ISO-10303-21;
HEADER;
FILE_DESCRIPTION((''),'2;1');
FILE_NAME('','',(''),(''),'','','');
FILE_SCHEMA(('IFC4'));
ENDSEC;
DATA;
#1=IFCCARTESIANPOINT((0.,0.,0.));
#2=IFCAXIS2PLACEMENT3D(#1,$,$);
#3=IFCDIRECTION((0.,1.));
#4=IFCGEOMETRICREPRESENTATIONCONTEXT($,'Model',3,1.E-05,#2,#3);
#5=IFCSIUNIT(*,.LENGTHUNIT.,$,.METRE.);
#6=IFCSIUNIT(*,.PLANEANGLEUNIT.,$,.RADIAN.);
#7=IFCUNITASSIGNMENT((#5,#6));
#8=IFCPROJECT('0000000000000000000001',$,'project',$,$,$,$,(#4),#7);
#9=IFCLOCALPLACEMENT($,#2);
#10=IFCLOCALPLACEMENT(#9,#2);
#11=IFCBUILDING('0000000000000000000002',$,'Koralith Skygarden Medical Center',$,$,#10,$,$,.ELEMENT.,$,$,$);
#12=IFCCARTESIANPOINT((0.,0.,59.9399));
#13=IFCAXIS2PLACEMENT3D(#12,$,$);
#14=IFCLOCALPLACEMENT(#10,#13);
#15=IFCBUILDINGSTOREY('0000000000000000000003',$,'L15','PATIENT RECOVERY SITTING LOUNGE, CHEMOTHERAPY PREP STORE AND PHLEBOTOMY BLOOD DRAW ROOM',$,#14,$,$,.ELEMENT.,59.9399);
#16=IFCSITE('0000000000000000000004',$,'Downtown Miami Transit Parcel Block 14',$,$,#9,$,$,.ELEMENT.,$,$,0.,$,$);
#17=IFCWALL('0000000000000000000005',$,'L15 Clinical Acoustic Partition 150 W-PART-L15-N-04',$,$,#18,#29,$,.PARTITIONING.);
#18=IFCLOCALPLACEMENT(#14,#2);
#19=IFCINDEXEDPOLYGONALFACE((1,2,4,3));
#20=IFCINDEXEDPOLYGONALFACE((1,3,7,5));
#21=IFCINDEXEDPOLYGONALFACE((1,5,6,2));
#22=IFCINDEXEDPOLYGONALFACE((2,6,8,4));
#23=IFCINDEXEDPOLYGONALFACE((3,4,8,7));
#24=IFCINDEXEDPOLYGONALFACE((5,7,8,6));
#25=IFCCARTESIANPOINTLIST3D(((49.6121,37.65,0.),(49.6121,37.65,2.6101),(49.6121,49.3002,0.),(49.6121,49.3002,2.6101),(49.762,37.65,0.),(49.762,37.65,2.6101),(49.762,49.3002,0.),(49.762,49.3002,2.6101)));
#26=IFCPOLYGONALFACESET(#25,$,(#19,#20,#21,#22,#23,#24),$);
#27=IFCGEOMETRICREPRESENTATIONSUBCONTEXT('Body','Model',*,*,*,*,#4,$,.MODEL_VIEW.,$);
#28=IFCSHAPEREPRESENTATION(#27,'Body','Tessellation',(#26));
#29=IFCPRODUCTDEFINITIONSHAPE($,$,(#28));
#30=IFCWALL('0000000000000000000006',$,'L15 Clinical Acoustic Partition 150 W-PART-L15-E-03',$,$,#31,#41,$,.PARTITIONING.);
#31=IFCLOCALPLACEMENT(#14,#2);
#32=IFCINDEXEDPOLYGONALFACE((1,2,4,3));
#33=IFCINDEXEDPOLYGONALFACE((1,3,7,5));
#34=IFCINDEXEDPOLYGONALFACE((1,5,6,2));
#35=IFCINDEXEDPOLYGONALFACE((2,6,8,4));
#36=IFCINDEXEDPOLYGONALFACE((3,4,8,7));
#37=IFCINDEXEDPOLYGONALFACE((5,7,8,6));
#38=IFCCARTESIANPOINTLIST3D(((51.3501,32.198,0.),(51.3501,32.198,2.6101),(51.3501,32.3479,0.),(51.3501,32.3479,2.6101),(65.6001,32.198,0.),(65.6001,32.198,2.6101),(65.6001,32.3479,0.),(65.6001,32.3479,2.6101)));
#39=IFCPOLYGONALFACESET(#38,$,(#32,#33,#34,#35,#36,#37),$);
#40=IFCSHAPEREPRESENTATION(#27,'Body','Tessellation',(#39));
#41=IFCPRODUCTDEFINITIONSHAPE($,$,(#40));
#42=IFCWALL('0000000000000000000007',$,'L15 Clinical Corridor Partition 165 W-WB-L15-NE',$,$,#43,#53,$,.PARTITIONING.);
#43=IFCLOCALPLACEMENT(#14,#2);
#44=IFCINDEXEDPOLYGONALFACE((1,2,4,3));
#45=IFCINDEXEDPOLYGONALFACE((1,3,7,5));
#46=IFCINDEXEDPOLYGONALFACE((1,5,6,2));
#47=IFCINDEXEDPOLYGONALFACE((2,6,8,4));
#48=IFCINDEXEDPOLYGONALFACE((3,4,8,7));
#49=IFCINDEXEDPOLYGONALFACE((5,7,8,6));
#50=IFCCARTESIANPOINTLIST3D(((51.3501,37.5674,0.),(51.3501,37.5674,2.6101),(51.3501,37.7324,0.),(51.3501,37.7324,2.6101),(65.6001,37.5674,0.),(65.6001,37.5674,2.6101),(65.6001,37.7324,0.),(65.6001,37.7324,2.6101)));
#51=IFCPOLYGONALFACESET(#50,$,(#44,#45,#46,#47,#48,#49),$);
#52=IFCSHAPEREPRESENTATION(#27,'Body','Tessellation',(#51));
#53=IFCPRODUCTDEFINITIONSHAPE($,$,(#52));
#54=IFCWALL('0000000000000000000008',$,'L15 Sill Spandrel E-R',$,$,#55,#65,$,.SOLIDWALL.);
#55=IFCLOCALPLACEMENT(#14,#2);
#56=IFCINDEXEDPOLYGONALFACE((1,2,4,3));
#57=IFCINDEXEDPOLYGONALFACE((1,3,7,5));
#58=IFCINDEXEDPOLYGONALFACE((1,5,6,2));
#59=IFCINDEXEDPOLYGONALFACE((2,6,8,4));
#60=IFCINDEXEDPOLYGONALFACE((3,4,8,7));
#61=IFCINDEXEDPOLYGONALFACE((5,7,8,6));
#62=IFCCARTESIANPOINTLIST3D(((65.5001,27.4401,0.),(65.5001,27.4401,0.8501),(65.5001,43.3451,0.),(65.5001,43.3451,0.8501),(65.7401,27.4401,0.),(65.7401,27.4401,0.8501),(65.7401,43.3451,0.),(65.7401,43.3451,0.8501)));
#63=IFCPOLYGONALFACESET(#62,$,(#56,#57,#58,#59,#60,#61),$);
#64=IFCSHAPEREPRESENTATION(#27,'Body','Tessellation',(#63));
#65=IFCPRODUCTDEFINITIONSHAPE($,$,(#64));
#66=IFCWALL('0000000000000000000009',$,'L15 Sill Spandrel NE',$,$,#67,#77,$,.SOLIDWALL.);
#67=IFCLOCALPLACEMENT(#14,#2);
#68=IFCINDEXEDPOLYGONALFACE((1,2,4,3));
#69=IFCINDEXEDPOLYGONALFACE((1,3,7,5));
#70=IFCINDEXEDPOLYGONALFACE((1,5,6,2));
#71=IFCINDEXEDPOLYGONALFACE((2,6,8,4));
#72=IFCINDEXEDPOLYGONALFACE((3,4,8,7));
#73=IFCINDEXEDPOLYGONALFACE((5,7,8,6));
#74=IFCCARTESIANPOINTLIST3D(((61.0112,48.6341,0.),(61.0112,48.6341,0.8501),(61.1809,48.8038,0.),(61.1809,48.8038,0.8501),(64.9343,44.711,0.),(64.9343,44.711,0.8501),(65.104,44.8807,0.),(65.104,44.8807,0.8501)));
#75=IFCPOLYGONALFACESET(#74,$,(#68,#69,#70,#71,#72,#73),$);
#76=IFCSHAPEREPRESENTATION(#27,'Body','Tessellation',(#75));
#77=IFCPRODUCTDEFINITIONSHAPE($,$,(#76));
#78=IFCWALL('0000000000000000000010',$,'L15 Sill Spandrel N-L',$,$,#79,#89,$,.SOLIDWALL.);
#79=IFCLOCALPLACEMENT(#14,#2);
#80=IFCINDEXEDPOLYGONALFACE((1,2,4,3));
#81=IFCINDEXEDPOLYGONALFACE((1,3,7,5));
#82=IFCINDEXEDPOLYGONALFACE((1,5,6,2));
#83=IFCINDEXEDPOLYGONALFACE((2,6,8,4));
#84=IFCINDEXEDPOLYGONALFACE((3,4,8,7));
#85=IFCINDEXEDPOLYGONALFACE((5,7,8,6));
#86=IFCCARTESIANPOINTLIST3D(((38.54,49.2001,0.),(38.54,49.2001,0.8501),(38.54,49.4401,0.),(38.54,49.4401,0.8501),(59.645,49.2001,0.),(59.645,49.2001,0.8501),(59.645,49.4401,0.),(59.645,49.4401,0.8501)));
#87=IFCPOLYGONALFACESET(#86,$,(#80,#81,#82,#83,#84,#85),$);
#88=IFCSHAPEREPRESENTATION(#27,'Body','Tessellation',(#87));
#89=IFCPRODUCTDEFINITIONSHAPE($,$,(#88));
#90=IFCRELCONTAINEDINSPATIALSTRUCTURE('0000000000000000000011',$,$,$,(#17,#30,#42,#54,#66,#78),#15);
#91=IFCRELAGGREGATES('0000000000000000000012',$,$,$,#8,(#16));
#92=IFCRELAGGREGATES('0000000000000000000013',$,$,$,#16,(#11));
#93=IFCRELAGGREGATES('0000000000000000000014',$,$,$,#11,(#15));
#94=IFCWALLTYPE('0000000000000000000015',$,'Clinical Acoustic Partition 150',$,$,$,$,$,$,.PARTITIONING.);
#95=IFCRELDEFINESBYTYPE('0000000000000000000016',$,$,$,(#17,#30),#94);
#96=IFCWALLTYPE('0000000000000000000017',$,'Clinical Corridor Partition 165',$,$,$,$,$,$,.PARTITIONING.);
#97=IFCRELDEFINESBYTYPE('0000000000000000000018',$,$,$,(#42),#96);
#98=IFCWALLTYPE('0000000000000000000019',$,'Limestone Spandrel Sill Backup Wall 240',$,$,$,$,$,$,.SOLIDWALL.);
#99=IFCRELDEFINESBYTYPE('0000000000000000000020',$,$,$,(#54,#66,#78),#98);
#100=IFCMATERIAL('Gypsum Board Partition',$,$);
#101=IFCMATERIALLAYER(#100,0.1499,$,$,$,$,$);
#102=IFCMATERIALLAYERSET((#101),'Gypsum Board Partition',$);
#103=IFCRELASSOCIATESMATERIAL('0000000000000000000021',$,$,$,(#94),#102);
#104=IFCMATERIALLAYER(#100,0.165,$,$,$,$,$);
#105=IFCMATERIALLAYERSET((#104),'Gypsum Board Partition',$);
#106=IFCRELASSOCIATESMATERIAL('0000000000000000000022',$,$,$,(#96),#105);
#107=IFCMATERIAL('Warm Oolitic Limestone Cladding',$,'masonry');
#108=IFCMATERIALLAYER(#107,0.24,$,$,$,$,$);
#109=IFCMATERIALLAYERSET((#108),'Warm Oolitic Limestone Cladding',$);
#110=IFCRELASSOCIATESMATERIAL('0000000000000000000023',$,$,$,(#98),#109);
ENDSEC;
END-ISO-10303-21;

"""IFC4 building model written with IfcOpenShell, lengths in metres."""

from ifc_helpers import new_model, si_unit, direction, frame, frame_2d, origin, place, context, subcontext, project, spatial, rectangle, extrude, material, layer, layer_set, type_object, element, save


model = new_model("IFC4")

# Units and contexts
model_context = context("Model", 3, precision=1e-05, world=origin(), true_north=direction((0.0, 1.0)))
body_context = subcontext(model_context, "Body", "Model", "MODEL_VIEW")
ifc_project = project(units=[si_unit("LENGTHUNIT", "METRE"), si_unit("PLANEANGLEUNIT", "RADIAN")], contexts=[model_context])

# Site, building, storey
site_placement = place(None, origin())
site = spatial("IfcSite", under=ifc_project, at=site_placement, Name="Downtown Miami Transit Parcel Block 14", CompositionType="ELEMENT", RefElevation=0.0)
building_placement = place(site_placement, origin())
building = spatial("IfcBuilding", under=site, at=building_placement, Name="Koralith Skygarden Medical Center", CompositionType="ELEMENT")
storey_placement = place(building_placement, frame((0.0, 0.0, 59.9399)))
storey = spatial("IfcBuildingStorey", under=building, at=storey_placement, Name="L15", Description="PATIENT RECOVERY SITTING LOUNGE, CHEMOTHERAPY PREP STORE AND PHLEBOTOMY BLOOD DRAW ROOM", CompositionType="ELEMENT", Elevation=59.9399)

# Shared definitions
ifc_material_1 = material(Name="Warm Oolitic Limestone Cladding", Category="masonry")

# Walls
ifc_material_2 = material(Name="Gypsum Board Partition")
ifc_layer_1 = layer(ifc_material_2, 0.1499)
ifc_layer_set_1 = layer_set([ifc_layer_1], Name="Gypsum Board Partition")
wall_type_1 = type_object("IfcWallType", Name="Clinical Acoustic Partition 150", PredefinedType="PARTITIONING", material=ifc_layer_set_1)
wall_1_placement = place(storey_placement, frame((49.687, 37.6499, 0.0), z_axis=(0.0, 0.0, 1.0), x_axis=(0.0, 1.0, 0.0)))
element("IfcWall", 1, at=wall_1_placement, inside=storey, type_object=wall_type_1, Name="L15 Clinical Acoustic Partition 150 W-PART-L15-N-04", PredefinedType="PARTITIONING", context=body_context, shape_type="SweptSolid", body=[
    extrude(rectangle(XDim=11.6501, YDim=0.1499, at=frame_2d((5.8252, 0.0))), origin(), (0.0, 0.0, 1.0), 2.6101),
])
wall_2_placement = place(storey_placement, frame((51.3501, 32.2729, 0.0), z_axis=(0.0, 0.0, 1.0), x_axis=(1.0, 0.0, 0.0)))
element("IfcWall", 2, at=wall_2_placement, inside=storey, type_object=wall_type_1, Name="L15 Clinical Acoustic Partition 150 W-PART-L15-E-03", PredefinedType="PARTITIONING", context=body_context, shape_type="SweptSolid", body=[
    extrude(rectangle(XDim=14.25, YDim=0.1499, at=frame_2d((7.125, 0.0))), origin(), (0.0, 0.0, 1.0), 2.6101),
])
ifc_layer_2 = layer(ifc_material_2, 0.165)
ifc_layer_set_2 = layer_set([ifc_layer_2], Name="Gypsum Board Partition")
wall_type_2 = type_object("IfcWallType", Name="Clinical Corridor Partition 165", PredefinedType="PARTITIONING", material=ifc_layer_set_2)
wall_3_placement = place(storey_placement, frame((51.3501, 37.6499, 0.0), z_axis=(0.0, 0.0, 1.0), x_axis=(1.0, 0.0, 0.0)))
element("IfcWall", 3, at=wall_3_placement, inside=storey, type_object=wall_type_2, Name="L15 Clinical Corridor Partition 165 W-WB-L15-NE", PredefinedType="PARTITIONING", context=body_context, shape_type="SweptSolid", body=[
    extrude(rectangle(XDim=14.25, YDim=0.165, at=frame_2d((7.125, 0.0))), origin(), (0.0, 0.0, 1.0), 2.6101),
])

# Walls
ifc_layer_3 = layer(ifc_material_1, 0.24)
ifc_layer_set_3 = layer_set([ifc_layer_3], Name="Warm Oolitic Limestone Cladding")
wall_type_3 = type_object("IfcWallType", Name="Limestone Spandrel Sill Backup Wall 240", PredefinedType="SOLIDWALL", material=ifc_layer_set_3)
wall_4_placement = place(storey_placement, frame((65.6201, 27.4399, 0.0), z_axis=(0.0, 0.0, 1.0), x_axis=(0.0, 1.0, 0.0)))
element("IfcWall", 4, at=wall_4_placement, inside=storey, type_object=wall_type_3, Name="L15 Sill Spandrel E-R", PredefinedType="SOLIDWALL", context=body_context, shape_type="SweptSolid", body=[
    extrude(rectangle(XDim=15.905, YDim=0.24, at=frame_2d((7.9526, 0.0))), origin(), (0.0, 0.0, 1.0), 0.8501),
])
wall_5_placement = place(storey_placement, frame((65.019, 44.7959, 0.0), z_axis=(0.0, 0.0, 1.0), x_axis=(-0.707107, 0.707107, 0.0)))
element("IfcWall", 5, at=wall_5_placement, inside=storey, type_object=wall_type_3, Name="L15 Sill Spandrel NE", PredefinedType="SOLIDWALL", context=body_context, shape_type="SweptSolid", body=[
    extrude(rectangle(XDim=5.5481, YDim=0.24, at=frame_2d((2.7739, 0.0))), origin(), (0.0, 0.0, 1.0), 0.8501),
])
wall_6_placement = place(storey_placement, frame((59.645, 49.3201, 0.0), z_axis=(0.0, 0.0, 1.0), x_axis=(-1.0, 0.0, 0.0)))
element("IfcWall", 6, at=wall_6_placement, inside=storey, type_object=wall_type_3, Name="L15 Sill Spandrel N-L", PredefinedType="SOLIDWALL", context=body_context, shape_type="SweptSolid", body=[
    extrude(rectangle(XDim=21.105, YDim=0.24, at=frame_2d((10.5525, 0.0))), origin(), (0.0, 0.0, 1.0), 0.8501),
])

save(model, "model.ifc")
